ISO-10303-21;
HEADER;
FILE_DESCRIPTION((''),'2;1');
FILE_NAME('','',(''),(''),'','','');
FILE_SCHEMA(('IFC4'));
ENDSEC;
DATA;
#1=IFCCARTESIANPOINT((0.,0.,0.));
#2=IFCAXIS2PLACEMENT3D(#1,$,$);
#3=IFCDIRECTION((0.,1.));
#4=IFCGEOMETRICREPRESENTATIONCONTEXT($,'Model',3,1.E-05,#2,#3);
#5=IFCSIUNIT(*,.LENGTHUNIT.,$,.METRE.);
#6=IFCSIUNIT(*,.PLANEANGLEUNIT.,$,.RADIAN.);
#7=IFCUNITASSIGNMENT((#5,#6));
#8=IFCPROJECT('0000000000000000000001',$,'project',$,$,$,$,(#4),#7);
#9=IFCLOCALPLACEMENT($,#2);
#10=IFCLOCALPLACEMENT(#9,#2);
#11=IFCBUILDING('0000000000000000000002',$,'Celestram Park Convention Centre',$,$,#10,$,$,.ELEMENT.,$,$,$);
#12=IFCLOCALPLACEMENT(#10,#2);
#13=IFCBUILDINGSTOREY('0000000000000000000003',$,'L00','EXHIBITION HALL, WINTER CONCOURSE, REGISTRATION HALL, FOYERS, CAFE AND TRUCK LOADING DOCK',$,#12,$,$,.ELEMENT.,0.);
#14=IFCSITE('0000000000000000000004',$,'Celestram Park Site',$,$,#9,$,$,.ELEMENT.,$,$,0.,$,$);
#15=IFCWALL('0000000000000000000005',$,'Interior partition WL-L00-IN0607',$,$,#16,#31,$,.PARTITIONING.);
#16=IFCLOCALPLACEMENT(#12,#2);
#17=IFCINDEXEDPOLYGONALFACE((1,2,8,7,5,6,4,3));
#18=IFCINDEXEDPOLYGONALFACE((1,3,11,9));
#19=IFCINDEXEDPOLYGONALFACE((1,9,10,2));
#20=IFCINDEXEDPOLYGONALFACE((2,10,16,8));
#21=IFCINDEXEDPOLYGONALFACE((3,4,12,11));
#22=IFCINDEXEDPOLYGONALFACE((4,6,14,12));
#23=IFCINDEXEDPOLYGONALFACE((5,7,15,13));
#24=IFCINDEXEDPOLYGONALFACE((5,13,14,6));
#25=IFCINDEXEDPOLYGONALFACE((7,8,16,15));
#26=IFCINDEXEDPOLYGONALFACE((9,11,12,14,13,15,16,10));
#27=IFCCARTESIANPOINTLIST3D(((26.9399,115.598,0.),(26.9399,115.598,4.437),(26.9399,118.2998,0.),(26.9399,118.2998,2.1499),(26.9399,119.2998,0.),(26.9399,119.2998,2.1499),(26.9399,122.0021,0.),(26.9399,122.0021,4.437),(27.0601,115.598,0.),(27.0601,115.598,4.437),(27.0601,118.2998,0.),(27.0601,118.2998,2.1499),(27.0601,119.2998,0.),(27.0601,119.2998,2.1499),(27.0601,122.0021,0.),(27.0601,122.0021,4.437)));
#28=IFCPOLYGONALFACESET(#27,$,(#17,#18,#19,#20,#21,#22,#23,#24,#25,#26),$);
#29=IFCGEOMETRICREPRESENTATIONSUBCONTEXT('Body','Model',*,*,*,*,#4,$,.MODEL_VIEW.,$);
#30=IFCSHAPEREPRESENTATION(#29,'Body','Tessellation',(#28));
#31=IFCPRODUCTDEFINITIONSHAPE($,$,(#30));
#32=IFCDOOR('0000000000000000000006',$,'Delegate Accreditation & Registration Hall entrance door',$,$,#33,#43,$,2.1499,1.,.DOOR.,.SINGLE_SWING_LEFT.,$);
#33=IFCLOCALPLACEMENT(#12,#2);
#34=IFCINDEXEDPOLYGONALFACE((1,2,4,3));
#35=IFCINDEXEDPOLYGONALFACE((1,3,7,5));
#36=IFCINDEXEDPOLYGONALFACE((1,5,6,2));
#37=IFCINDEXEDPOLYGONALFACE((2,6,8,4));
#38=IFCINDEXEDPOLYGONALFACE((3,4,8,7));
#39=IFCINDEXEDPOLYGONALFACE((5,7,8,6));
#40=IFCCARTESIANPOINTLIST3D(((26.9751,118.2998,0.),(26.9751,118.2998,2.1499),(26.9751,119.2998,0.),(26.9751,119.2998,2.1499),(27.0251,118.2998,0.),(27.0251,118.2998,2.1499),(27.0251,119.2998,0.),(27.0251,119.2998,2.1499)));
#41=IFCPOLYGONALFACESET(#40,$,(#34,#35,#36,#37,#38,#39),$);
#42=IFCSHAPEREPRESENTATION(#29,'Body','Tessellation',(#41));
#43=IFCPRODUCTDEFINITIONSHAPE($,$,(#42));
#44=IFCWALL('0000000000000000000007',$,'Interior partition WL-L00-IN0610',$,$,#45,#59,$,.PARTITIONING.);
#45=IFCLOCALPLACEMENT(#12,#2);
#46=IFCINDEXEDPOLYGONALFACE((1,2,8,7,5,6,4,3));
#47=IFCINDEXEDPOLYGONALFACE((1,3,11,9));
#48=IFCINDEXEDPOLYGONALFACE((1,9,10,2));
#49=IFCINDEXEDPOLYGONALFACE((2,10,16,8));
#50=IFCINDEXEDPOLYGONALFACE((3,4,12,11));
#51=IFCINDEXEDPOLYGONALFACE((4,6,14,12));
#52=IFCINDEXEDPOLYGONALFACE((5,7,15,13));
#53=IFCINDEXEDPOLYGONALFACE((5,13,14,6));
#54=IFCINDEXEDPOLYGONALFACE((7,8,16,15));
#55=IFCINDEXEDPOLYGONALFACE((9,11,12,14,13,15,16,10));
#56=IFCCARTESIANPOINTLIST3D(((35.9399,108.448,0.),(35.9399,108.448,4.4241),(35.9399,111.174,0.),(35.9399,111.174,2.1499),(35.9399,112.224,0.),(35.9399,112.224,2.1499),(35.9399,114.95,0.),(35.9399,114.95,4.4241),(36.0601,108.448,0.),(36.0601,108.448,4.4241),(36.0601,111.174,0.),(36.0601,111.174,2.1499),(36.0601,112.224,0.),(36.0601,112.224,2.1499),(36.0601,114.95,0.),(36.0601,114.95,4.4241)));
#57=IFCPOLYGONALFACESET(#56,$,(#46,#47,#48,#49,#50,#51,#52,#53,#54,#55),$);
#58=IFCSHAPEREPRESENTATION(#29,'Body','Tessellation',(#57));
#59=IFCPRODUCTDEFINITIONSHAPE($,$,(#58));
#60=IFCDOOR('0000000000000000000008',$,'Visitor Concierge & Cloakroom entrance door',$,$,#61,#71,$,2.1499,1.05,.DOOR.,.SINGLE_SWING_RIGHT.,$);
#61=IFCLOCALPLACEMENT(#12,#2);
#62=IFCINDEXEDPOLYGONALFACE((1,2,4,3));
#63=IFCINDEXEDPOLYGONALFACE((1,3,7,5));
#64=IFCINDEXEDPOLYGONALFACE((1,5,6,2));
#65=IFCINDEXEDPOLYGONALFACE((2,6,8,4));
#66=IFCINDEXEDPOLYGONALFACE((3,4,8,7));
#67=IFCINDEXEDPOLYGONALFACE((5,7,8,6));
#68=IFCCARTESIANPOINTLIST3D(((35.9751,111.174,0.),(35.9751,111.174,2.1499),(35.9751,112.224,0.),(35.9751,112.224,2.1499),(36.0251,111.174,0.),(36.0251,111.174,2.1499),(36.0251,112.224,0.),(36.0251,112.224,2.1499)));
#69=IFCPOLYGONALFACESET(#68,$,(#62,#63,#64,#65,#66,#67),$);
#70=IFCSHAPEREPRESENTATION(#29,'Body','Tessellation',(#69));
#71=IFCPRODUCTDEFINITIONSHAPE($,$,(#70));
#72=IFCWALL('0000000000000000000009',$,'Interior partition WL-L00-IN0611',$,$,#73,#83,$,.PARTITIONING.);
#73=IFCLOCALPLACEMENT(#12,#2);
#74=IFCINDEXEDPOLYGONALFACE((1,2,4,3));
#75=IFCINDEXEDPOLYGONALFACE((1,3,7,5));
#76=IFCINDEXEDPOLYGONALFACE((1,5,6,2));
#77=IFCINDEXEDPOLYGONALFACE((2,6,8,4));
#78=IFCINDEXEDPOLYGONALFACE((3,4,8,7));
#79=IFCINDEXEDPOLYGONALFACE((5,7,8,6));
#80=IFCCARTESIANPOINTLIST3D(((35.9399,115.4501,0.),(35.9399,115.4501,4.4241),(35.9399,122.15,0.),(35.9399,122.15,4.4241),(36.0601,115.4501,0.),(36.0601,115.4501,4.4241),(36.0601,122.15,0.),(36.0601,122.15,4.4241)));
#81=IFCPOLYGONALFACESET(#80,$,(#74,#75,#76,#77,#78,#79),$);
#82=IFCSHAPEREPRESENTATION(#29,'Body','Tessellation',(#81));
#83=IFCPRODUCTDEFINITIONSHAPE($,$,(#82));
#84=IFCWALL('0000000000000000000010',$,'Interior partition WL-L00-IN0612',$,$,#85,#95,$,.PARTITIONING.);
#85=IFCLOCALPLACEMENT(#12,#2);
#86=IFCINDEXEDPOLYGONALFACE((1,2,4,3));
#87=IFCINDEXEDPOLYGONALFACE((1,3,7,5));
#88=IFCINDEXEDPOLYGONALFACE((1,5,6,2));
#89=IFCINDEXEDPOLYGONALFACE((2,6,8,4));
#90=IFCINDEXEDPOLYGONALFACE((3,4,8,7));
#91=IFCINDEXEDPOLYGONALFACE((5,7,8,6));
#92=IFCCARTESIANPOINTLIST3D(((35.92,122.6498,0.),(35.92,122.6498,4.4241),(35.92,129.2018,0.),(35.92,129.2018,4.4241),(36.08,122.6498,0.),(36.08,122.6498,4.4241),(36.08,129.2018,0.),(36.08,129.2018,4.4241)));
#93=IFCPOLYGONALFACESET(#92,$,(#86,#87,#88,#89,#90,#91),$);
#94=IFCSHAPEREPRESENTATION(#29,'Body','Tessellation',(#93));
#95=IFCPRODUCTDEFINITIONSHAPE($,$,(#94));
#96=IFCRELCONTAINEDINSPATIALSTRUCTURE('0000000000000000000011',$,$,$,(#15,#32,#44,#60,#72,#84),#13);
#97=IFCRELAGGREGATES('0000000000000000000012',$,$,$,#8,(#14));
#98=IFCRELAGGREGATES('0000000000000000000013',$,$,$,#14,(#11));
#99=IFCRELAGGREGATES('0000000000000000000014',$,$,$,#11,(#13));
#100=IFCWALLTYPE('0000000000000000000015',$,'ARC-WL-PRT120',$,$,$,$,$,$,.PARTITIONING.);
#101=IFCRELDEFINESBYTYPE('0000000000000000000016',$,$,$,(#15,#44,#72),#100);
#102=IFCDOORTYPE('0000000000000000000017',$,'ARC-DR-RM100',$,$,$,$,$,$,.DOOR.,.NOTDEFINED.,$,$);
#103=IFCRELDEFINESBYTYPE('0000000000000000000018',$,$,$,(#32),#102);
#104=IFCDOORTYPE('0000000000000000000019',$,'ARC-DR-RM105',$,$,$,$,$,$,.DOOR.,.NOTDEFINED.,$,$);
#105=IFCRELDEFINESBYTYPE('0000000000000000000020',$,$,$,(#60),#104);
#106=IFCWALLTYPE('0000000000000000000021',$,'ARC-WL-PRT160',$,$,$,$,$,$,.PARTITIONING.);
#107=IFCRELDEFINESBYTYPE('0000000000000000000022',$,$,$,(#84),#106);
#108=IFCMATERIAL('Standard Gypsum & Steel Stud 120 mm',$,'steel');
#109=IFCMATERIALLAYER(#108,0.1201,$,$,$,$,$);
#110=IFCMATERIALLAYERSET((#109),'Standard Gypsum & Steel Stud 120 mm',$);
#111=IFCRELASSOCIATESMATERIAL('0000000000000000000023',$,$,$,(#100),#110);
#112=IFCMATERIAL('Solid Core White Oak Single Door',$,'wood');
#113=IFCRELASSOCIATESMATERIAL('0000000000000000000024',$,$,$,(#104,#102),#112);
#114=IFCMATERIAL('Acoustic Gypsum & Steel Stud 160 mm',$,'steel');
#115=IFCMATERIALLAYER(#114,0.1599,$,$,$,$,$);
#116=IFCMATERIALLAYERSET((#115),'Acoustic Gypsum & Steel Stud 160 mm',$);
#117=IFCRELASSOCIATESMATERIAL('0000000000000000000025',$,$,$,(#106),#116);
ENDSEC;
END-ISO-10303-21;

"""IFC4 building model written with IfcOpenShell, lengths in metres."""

from ifc_helpers import new_model, si_unit, direction, frame, frame_2d, origin, place, context, subcontext, project, spatial, rectangle, extrude, material, layer, layer_set, type_object, element, fill, save


model = new_model("IFC4")

# Units and contexts
model_context = context("Model", 3, precision=1e-05, world=origin(), true_north=direction((0.0, 1.0)))
body_context = subcontext(model_context, "Body", "Model", "MODEL_VIEW")
ifc_project = project(units=[si_unit("LENGTHUNIT", "METRE"), si_unit("PLANEANGLEUNIT", "RADIAN")], contexts=[model_context])

# Site, building, storey
site_placement = place(None, origin())
site = spatial("IfcSite", under=ifc_project, at=site_placement, Name="Celestram Park Site", CompositionType="ELEMENT", RefElevation=0.0)
building_placement = place(site_placement, origin())
building = spatial("IfcBuilding", under=site, at=building_placement, Name="Celestram Park Convention Centre", CompositionType="ELEMENT")
storey_placement = place(building_placement, origin())
storey = spatial("IfcBuildingStorey", under=building, at=storey_placement, Name="L00", Description="EXHIBITION HALL, WINTER CONCOURSE, REGISTRATION HALL, FOYERS, CAFE AND TRUCK LOADING DOCK", CompositionType="ELEMENT", Elevation=0.0)

# Walls, openings, doors
ifc_material_1 = material(Name="Standard Gypsum & Steel Stud 120 mm", Category="steel")
ifc_layer_1 = layer(ifc_material_1, 0.1201)
ifc_layer_set_1 = layer_set([ifc_layer_1], Name="Standard Gypsum & Steel Stud 120 mm")
wall_type_1 = type_object("IfcWallType", Name="ARC-WL-PRT120", PredefinedType="PARTITIONING", material=ifc_layer_set_1)
ifc_material_2 = material(Name="Solid Core White Oak Single Door", Category="wood")
door_type_1 = type_object("IfcDoorType", Name="ARC-DR-RM105", OperationType="NOTDEFINED", PredefinedType="DOOR", material=ifc_material_2)
wall_1_placement = place(storey_placement, frame((27.0, 115.5979, 0.0), z_axis=(0.0, 0.0, 1.0), x_axis=(0.0, 1.0, 0.0)))
wall_1 = element("IfcWall", 1, at=wall_1_placement, inside=storey, type_object=wall_type_1, Name="Interior partition WL-L00-IN0607", PredefinedType="PARTITIONING", context=body_context, shape_type="SweptSolid", body=[
    extrude(rectangle(XDim=6.4041, YDim=0.1201, at=frame_2d((3.2021, 0.0))), origin(), (0.0, 0.0, 1.0), 4.437),
])
opening_1_placement = place(wall_1_placement, frame((2.7019, 0.0, 0.0)))
opening_1 = element("IfcOpeningElement", 2, at=opening_1_placement, cuts=wall_1, PredefinedType="OPENING", context=body_context, shape_type="SweptSolid", body=[
    extrude(rectangle(XDim=1.0, YDim=2.1499, at=frame_2d((0.5, 1.075))), frame((0.0, 0.0701, 0.0), z_axis=(0.0, -1.0, 0.0), x_axis=(1.0, 0.0, 0.0)), (0.0, 0.0, 1.0), 0.1401),
])
door_type_2 = type_object("IfcDoorType", Name="ARC-DR-RM100", OperationType="NOTDEFINED", PredefinedType="DOOR", material=ifc_material_2)
door_1_placement = place(opening_1_placement, origin())
door_1 = element("IfcDoor", 3, at=door_1_placement, inside=storey, type_object=door_type_2, Name="Delegate Accreditation & Registration Hall entrance door", OperationType="SINGLE_SWING_LEFT", OverallHeight=2.1499, OverallWidth=1.0, PredefinedType="DOOR", context=body_context, shape_type="SweptSolid", body=[
    extrude(rectangle(XDim=1.0, YDim=2.1499, at=frame_2d((0.5, 1.075))), frame((0.0, 0.0249, 0.0), z_axis=(0.0, -1.0, 0.0), x_axis=(1.0, 0.0, 0.0)), (0.0, 0.0, 1.0), 0.05),
])
fill(opening_1, door_1)
wall_2_placement = place(storey_placement, frame((36.0, 108.448, 0.0), z_axis=(0.0, 0.0, 1.0), x_axis=(0.0, 1.0, 0.0)))
wall_2 = element("IfcWall", 4, at=wall_2_placement, inside=storey, type_object=wall_type_1, Name="Interior partition WL-L00-IN0610", PredefinedType="PARTITIONING", context=body_context, shape_type="SweptSolid", body=[
    extrude(rectangle(XDim=6.502, YDim=0.1201, at=frame_2d((3.251, 0.0))), origin(), (0.0, 0.0, 1.0), 4.4241),
])
opening_2_placement = place(wall_2_placement, frame((2.7261, 0.0, 0.0)))
opening_2 = element("IfcOpeningElement", 5, at=opening_2_placement, cuts=wall_2, PredefinedType="OPENING", context=body_context, shape_type="SweptSolid", body=[
    extrude(rectangle(XDim=1.05, YDim=2.1499, at=frame_2d((0.5249, 1.075))), frame((0.0, 0.0701, 0.0), z_axis=(0.0, -1.0, 0.0), x_axis=(1.0, 0.0, 0.0)), (0.0, 0.0, 1.0), 0.1401),
])
door_2_placement = place(opening_2_placement, origin())
door_2 = element("IfcDoor", 6, at=door_2_placement, inside=storey, type_object=door_type_1, Name="Visitor Concierge & Cloakroom entrance door", OperationType="SINGLE_SWING_RIGHT", OverallHeight=2.1499, OverallWidth=1.05, PredefinedType="DOOR", context=body_context, shape_type="SweptSolid", body=[
    extrude(rectangle(XDim=1.05, YDim=2.1499, at=frame_2d((0.5249, 1.075))), frame((0.0, 0.0249, 0.0), z_axis=(0.0, -1.0, 0.0), x_axis=(1.0, 0.0, 0.0)), (0.0, 0.0, 1.0), 0.05),
])
fill(opening_2, door_2)

# Walls
wall_3_placement = place(storey_placement, frame((36.0, 115.45, 0.0), z_axis=(0.0, 0.0, 1.0), x_axis=(0.0, 1.0, 0.0)))
element("IfcWall", 7, at=wall_3_placement, inside=storey, type_object=wall_type_1, Name="Interior partition WL-L00-IN0611", PredefinedType="PARTITIONING", context=body_context, shape_type="SweptSolid", body=[
    extrude(rectangle(XDim=6.7, YDim=0.1201, at=frame_2d((3.3501, 0.0))), origin(), (0.0, 0.0, 1.0), 4.4241),
])
ifc_material_3 = material(Name="Acoustic Gypsum & Steel Stud 160 mm", Category="steel")
ifc_layer_2 = layer(ifc_material_3, 0.1599)
ifc_layer_set_2 = layer_set([ifc_layer_2], Name="Acoustic Gypsum & Steel Stud 160 mm")
wall_type_2 = type_object("IfcWallType", Name="ARC-WL-PRT160", PredefinedType="PARTITIONING", material=ifc_layer_set_2)
wall_4_placement = place(storey_placement, frame((36.0, 122.6499, 0.0), z_axis=(0.0, 0.0, 1.0), x_axis=(0.0, 1.0, 0.0)))
element("IfcWall", 8, at=wall_4_placement, inside=storey, type_object=wall_type_2, Name="Interior partition WL-L00-IN0612", PredefinedType="PARTITIONING", context=body_context, shape_type="SweptSolid", body=[
    extrude(rectangle(XDim=6.552, YDim=0.1599, at=frame_2d((3.2759, 0.0))), origin(), (0.0, 0.0, 1.0), 4.4241),
])

save(model, "model.ifc")
